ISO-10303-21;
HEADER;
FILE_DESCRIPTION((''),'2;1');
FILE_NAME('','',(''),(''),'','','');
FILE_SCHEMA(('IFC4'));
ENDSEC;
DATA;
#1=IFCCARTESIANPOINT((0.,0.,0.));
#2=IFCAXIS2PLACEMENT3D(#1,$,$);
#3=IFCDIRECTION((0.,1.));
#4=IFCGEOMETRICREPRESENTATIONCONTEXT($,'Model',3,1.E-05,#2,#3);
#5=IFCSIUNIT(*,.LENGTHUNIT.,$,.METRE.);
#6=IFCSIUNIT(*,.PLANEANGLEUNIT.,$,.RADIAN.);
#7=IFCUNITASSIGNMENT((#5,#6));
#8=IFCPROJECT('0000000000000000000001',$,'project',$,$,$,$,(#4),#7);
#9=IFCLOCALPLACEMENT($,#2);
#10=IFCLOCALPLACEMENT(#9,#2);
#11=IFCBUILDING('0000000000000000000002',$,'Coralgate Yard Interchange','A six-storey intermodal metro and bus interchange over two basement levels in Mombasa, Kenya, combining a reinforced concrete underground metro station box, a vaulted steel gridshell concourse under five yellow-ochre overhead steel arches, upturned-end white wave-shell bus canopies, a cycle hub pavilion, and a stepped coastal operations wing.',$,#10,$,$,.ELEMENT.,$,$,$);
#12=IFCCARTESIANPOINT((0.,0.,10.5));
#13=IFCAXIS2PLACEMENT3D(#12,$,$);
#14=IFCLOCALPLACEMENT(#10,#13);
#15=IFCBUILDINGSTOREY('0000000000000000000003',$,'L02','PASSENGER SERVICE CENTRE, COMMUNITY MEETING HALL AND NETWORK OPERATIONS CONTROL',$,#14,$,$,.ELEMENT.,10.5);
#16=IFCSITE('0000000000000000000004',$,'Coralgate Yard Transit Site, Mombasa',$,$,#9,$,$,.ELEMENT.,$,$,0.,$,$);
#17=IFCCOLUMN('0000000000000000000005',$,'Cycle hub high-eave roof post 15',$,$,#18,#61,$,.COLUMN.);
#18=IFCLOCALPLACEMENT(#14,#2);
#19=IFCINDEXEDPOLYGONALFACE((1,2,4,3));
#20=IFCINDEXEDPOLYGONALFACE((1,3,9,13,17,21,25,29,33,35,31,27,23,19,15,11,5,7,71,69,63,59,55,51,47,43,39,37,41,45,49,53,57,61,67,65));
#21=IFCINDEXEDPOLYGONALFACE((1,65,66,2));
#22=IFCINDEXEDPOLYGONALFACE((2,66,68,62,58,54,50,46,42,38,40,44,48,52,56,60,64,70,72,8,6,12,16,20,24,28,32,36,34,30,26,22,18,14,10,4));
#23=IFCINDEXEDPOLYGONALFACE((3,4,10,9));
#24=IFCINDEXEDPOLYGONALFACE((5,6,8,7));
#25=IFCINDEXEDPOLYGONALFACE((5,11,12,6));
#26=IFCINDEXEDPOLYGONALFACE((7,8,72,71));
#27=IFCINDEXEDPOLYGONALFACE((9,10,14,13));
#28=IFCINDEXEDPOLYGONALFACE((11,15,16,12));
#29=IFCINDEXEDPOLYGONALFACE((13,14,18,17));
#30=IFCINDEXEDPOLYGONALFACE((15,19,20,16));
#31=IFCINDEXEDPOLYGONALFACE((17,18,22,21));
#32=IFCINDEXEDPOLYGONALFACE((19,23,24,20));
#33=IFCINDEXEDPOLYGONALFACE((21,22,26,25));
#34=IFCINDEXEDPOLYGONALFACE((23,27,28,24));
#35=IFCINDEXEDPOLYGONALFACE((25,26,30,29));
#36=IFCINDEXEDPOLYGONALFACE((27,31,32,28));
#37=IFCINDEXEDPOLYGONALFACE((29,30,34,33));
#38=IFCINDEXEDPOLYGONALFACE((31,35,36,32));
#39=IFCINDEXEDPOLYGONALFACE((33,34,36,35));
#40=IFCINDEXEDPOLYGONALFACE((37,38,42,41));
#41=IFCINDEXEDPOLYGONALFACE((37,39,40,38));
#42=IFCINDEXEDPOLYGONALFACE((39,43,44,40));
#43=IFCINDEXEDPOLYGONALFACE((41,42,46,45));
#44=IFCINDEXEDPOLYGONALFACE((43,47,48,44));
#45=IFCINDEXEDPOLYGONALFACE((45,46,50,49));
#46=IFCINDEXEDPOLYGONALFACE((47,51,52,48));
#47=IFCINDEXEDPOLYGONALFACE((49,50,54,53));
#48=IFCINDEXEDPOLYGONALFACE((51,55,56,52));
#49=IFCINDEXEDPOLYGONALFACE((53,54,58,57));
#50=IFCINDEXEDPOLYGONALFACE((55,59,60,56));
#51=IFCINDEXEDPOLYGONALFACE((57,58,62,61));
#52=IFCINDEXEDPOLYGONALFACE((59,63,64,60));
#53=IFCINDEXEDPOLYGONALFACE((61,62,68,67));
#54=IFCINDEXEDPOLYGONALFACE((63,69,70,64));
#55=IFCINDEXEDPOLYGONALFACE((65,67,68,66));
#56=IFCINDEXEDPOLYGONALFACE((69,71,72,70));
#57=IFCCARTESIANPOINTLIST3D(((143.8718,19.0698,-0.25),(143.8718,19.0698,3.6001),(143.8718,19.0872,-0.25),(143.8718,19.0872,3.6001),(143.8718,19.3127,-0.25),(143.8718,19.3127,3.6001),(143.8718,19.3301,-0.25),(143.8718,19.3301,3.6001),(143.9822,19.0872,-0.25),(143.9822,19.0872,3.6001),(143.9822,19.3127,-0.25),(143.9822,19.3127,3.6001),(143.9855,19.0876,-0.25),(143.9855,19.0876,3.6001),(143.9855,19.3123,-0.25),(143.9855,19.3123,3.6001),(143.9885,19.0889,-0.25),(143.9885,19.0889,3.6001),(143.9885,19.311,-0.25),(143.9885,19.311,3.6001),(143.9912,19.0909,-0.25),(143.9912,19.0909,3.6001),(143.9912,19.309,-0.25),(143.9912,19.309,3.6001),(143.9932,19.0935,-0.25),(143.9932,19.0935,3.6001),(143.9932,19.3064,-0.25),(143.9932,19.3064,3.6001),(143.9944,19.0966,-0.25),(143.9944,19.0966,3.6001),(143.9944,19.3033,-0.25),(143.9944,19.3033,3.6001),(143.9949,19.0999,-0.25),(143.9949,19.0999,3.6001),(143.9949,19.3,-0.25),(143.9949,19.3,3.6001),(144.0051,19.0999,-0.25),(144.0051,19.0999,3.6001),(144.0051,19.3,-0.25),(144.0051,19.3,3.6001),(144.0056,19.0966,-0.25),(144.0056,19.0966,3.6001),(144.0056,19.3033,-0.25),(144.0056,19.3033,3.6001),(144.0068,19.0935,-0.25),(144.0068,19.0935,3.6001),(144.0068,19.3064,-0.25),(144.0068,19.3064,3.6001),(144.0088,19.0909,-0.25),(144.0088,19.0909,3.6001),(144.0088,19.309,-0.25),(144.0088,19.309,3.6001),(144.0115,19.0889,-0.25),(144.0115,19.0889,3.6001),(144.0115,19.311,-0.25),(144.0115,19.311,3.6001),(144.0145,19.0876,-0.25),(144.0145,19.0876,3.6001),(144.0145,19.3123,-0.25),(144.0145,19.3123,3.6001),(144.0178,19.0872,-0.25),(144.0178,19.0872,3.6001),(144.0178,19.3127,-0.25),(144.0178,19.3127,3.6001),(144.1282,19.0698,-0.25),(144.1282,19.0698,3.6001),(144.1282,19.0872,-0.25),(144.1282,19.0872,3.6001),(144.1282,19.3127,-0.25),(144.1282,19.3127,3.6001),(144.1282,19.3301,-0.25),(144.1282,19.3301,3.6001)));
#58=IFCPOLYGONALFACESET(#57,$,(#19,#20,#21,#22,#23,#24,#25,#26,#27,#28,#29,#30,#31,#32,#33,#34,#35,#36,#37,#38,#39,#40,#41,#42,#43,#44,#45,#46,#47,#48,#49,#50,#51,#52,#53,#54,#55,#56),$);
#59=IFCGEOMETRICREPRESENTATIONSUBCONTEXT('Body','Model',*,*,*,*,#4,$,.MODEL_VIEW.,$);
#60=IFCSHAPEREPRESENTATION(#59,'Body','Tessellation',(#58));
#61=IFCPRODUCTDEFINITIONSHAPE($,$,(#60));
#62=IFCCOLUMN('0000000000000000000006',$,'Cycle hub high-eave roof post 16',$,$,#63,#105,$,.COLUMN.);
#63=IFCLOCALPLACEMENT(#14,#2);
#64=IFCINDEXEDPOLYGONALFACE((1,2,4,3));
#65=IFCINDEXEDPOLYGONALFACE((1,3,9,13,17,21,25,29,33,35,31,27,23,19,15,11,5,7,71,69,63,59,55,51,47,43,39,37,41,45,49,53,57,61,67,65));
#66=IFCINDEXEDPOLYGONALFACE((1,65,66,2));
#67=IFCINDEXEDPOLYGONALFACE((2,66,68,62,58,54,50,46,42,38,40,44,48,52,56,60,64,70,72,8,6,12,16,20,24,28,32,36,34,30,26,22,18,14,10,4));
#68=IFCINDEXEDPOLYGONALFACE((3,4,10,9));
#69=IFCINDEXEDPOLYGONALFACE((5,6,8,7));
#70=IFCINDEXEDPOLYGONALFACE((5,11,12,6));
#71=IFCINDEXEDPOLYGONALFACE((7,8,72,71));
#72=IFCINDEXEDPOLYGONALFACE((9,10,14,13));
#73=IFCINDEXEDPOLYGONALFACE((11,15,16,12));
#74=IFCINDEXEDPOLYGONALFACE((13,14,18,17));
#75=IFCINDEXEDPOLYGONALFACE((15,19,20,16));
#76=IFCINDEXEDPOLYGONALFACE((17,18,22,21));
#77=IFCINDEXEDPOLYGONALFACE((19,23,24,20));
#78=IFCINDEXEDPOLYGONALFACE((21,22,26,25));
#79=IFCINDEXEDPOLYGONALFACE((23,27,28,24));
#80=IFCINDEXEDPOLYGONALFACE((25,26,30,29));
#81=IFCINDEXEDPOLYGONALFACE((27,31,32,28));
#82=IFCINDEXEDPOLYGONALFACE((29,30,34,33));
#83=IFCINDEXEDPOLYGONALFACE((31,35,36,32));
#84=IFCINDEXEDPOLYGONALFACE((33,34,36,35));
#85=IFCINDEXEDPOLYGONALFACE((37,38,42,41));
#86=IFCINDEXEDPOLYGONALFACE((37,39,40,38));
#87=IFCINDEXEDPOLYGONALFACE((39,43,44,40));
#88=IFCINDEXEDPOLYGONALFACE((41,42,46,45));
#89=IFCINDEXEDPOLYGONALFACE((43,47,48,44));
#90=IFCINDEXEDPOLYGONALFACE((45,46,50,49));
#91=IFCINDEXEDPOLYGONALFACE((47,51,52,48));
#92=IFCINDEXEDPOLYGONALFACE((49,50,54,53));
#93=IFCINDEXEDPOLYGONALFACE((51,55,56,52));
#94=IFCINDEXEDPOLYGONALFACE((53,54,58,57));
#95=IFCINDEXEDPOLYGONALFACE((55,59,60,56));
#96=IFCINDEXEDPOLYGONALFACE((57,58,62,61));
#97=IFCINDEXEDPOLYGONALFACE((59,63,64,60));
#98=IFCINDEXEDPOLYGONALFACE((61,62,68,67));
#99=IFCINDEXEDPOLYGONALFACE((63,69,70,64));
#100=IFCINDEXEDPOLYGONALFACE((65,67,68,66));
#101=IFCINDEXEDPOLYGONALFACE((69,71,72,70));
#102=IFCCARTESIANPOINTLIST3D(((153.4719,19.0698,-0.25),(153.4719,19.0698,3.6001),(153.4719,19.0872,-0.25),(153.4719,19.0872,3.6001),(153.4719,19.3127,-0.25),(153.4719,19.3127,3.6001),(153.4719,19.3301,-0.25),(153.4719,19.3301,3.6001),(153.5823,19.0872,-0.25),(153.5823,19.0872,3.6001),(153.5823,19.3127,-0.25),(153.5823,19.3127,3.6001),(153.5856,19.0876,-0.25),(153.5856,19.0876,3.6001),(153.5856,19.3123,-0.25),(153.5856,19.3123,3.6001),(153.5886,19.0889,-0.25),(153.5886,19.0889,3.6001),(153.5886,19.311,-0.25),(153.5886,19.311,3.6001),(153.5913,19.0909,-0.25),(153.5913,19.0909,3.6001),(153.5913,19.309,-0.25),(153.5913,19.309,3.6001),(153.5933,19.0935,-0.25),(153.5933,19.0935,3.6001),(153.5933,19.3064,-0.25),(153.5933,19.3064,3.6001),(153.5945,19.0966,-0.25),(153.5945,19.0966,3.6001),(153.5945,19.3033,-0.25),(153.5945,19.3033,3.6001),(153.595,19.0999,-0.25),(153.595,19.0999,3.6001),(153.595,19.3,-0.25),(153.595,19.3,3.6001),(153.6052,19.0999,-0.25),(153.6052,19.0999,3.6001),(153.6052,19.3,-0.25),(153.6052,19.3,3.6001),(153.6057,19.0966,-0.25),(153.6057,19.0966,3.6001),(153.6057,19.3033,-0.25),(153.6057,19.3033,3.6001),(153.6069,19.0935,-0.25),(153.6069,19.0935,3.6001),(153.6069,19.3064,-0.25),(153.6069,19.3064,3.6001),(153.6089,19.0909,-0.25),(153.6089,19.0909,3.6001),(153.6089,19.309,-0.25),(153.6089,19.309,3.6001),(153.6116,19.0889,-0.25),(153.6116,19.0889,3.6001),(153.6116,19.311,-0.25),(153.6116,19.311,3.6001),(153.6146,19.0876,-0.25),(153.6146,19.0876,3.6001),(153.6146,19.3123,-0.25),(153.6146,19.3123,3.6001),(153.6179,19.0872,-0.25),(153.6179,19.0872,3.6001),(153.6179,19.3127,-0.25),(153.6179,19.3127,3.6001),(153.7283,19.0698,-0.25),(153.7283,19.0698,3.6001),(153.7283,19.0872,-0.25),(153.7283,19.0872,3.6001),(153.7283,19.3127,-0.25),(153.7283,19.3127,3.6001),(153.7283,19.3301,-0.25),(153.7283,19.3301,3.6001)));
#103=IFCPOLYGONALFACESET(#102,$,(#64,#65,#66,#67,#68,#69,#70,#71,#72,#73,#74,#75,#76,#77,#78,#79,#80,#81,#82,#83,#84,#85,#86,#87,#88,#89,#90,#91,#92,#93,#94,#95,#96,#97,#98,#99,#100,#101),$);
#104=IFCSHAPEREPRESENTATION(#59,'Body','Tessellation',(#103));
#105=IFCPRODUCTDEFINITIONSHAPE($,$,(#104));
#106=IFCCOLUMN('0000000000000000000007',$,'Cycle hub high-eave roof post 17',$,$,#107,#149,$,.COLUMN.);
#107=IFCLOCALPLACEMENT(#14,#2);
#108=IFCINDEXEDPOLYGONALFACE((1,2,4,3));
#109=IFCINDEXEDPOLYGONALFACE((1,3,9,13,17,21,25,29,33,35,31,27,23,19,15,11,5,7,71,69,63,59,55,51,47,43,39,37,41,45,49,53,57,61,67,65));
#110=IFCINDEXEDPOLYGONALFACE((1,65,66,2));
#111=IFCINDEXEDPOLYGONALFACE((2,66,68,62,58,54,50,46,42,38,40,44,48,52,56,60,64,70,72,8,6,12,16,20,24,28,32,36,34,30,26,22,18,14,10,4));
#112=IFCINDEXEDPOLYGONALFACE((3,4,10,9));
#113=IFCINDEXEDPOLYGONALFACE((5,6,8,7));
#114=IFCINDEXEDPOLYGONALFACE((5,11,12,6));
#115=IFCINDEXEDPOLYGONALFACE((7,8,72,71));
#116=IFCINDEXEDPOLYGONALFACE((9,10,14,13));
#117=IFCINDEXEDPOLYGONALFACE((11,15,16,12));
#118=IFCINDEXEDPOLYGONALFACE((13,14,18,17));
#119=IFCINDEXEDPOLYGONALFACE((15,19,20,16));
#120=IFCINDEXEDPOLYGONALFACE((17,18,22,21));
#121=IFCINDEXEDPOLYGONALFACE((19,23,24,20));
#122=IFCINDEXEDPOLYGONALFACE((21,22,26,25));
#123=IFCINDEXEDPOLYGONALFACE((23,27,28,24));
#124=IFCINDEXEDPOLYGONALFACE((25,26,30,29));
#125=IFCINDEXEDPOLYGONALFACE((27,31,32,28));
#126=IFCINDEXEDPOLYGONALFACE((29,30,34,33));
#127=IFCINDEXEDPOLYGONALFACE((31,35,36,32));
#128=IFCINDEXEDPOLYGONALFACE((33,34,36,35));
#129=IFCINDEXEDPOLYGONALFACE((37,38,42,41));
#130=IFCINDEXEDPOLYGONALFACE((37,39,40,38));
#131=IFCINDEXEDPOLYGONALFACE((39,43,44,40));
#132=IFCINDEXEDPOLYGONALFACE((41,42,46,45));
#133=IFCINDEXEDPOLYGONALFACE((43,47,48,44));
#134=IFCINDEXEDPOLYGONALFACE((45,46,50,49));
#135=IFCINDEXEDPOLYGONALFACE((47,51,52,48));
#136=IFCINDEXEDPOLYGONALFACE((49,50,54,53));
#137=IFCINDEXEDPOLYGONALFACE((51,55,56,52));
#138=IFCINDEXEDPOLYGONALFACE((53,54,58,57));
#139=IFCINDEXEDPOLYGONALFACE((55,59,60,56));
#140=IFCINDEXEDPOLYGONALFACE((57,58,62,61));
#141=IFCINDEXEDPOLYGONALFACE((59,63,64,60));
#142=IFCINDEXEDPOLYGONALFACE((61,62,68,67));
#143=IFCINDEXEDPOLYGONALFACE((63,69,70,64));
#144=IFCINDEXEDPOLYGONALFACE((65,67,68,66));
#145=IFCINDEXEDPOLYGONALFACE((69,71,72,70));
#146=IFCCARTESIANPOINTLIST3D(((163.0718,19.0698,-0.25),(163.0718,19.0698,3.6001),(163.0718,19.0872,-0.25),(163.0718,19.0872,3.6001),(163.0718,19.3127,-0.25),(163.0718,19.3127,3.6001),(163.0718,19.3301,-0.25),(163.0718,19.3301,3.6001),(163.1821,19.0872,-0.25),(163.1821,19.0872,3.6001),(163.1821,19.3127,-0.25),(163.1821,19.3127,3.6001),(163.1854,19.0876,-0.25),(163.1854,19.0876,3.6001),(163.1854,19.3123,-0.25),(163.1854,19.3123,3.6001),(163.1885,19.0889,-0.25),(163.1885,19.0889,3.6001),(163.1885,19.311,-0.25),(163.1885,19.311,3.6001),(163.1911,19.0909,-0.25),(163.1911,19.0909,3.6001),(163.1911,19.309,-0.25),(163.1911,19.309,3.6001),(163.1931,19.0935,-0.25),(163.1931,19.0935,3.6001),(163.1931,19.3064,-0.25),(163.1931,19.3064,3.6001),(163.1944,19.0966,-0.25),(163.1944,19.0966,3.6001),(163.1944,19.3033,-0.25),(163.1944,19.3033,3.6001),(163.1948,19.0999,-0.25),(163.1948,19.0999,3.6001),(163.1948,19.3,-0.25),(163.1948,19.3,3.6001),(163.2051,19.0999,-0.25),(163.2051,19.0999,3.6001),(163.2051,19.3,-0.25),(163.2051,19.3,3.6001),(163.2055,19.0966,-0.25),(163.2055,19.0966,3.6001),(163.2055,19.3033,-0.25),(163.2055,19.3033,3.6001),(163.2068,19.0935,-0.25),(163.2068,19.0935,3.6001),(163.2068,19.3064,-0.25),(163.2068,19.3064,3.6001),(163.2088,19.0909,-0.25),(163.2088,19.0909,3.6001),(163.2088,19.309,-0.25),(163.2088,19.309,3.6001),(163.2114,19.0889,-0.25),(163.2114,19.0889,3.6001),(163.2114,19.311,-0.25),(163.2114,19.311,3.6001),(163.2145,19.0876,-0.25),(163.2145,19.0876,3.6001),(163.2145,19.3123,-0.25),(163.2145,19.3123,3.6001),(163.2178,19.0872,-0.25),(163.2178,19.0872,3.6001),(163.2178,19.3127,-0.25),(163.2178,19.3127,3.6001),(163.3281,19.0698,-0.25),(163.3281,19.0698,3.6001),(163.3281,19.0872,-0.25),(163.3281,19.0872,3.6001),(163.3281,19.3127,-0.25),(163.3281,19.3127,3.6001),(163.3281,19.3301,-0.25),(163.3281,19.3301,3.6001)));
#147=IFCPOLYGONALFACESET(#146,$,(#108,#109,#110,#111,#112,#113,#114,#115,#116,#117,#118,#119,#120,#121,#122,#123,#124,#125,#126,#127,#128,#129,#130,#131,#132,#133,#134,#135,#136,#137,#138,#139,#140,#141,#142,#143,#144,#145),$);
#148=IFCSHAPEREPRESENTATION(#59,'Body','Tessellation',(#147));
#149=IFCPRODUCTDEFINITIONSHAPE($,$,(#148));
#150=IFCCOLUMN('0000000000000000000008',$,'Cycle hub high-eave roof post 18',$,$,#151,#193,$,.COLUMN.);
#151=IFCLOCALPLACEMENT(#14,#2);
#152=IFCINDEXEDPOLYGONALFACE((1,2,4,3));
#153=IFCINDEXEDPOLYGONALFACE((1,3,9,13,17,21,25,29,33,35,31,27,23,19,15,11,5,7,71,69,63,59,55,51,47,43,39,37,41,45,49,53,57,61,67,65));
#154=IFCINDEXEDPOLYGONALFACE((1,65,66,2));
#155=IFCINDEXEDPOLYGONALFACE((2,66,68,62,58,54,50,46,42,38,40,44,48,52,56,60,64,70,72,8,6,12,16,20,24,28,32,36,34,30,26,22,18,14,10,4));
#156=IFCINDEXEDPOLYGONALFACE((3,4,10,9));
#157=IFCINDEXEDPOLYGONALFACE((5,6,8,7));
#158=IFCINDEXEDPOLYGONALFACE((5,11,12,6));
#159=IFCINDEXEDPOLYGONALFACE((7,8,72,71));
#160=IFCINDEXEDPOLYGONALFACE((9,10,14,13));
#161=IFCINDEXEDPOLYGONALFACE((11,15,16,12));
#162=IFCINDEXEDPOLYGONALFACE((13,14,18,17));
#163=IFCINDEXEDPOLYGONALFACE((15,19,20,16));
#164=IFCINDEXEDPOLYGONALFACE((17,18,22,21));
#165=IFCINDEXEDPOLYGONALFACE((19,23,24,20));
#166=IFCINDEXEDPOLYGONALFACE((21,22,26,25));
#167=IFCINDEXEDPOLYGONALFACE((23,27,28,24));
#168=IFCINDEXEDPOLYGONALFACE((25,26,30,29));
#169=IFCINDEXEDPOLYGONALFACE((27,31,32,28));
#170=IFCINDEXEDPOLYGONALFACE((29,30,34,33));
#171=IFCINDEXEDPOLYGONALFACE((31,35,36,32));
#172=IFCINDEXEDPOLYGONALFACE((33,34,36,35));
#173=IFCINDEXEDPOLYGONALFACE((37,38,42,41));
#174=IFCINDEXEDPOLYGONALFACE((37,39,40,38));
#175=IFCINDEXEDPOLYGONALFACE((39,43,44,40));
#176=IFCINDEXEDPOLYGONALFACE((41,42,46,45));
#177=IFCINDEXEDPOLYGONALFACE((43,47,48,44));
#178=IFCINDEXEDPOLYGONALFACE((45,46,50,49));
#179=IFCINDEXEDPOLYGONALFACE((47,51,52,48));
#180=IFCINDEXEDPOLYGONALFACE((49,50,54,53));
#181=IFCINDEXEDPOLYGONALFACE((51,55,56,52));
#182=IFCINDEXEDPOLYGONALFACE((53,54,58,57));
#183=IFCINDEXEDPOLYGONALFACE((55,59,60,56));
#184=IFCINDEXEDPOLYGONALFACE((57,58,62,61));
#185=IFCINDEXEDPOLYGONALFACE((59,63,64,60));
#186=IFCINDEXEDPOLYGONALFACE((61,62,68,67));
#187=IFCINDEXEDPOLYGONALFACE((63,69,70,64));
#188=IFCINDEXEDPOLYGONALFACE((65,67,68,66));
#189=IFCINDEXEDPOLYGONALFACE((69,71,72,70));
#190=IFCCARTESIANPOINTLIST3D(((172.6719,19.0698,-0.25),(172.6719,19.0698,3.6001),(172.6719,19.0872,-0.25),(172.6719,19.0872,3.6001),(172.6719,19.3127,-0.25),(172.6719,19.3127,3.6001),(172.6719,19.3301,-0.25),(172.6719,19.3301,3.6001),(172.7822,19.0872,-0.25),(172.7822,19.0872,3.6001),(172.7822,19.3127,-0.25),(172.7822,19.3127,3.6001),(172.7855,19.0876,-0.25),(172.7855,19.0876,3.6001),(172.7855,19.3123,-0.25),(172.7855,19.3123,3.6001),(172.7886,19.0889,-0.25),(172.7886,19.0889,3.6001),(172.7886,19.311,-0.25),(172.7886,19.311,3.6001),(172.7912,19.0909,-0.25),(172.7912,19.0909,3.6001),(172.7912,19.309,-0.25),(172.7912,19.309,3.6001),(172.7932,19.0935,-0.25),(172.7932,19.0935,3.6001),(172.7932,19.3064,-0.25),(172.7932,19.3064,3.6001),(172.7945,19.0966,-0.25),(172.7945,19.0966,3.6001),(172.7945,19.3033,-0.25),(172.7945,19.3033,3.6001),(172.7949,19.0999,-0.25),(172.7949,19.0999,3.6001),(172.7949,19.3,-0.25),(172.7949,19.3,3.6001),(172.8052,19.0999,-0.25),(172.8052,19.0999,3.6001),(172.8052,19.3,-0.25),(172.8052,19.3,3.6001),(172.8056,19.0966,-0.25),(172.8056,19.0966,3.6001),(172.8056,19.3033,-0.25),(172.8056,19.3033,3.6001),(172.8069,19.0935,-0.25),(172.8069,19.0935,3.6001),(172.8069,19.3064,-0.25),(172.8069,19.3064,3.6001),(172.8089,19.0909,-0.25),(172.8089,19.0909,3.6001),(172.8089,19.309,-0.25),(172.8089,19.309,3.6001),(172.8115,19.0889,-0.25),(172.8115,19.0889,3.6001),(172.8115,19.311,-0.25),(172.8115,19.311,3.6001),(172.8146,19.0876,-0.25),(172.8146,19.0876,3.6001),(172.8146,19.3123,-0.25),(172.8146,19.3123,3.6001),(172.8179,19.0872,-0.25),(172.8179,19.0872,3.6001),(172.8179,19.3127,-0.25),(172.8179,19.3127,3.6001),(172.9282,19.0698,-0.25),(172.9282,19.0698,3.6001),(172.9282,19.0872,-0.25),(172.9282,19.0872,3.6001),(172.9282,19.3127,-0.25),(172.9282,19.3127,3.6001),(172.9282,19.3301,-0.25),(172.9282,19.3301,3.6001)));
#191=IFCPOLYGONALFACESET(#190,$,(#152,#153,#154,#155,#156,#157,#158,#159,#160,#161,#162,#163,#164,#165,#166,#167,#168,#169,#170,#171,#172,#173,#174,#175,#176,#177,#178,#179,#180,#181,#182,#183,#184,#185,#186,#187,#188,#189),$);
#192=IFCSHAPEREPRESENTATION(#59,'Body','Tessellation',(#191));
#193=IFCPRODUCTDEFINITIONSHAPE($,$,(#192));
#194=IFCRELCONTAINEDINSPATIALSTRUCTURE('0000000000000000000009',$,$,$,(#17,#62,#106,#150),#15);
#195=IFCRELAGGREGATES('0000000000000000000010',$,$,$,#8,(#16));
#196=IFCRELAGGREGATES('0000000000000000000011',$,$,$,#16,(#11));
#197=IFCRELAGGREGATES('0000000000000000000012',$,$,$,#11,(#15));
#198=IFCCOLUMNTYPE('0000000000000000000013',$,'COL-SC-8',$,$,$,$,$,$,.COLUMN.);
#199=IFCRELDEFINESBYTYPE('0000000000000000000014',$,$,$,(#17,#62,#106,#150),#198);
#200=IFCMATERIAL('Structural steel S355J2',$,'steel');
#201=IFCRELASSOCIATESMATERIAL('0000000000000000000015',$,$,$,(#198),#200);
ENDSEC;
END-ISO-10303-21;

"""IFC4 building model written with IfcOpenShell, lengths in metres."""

from ifc_helpers import new_model, si_unit, direction, frame, origin, origin_2d, place, context, subcontext, project, spatial, i_section, extrude, material, material_profile, profile_set, type_object, element, save


model = new_model("IFC4")

# Units and contexts
model_context = context("Model", 3, precision=1e-05, world=origin(), true_north=direction((0.0, 1.0)))
body_context = subcontext(model_context, "Body", "Model", "MODEL_VIEW")
ifc_project = project(units=[si_unit("LENGTHUNIT", "METRE"), si_unit("PLANEANGLEUNIT", "RADIAN")], contexts=[model_context])

# Site, building, storey
site_placement = place(None, origin())
site = spatial("IfcSite", under=ifc_project, at=site_placement, Name="Coralgate Yard Transit Site, Mombasa", CompositionType="ELEMENT", RefElevation=0.0)
building_placement = place(site_placement, origin())
building = spatial("IfcBuilding", under=site, at=building_placement, Name="Coralgate Yard Interchange", Description="A six-storey intermodal metro and bus interchange over two basement levels in Mombasa, Kenya, combining a reinforced concrete underground metro station box, a vaulted steel gridshell concourse under five yellow-ochre overhead steel arches, upturned-end white wave-shell bus canopies, a cycle hub pavilion, and a stepped coastal operations wing.", CompositionType="ELEMENT")
storey_placement = place(building_placement, frame((0.0, 0.0, 10.5)))
storey = spatial("IfcBuildingStorey", under=building, at=storey_placement, Name="L02", Description="PASSENGER SERVICE CENTRE, COMMUNITY MEETING HALL AND NETWORK OPERATIONS CONTROL", CompositionType="ELEMENT", Elevation=10.5)

# Columns
ifc_material_1 = material(Name="Structural steel S355J2", Category="steel")
ifc_material_profile_1 = material_profile(ifc_material_1, i_section(OverallWidth=0.2563, OverallDepth=0.2603, WebThickness=0.0103, FlangeThickness=0.0173, FilletRadius=0.0127, at=origin_2d()), Name="UC 254x254x89")
ifc_profile_set_1 = profile_set([ifc_material_profile_1], Name="Structural steel S355J2")
column_type = type_object("IfcColumnType", Name="COL-SC-8", PredefinedType="COLUMN", material=ifc_profile_set_1)
for number, where, z_axis, x_axis, name in (
    (1, (144.0, 19.2, -0.25), (0.0, 0.0, 1.0), (1.0, 0.0, 0.0), "Cycle hub high-eave roof post 15"),
    (2, (153.6001, 19.2, -0.25), (0.0, 0.0, 1.0), (1.0, 0.0, 0.0), "Cycle hub high-eave roof post 16"),
    (3, (163.2, 19.2, -0.25), (0.0, 0.0, 1.0), (1.0, 0.0, 0.0), "Cycle hub high-eave roof post 17"),
    (4, (172.8, 19.2, -0.25), (0.0, 0.0, 1.0), (1.0, 0.0, 0.0), "Cycle hub high-eave roof post 18"),
):
    element("IfcColumn", number, at=place(storey_placement, frame(where, z_axis=z_axis, x_axis=x_axis)), inside=storey, type_object=column_type, Name=name, PredefinedType="COLUMN", context=body_context, shape_type="SweptSolid", body=[
        extrude(i_section(OverallWidth=0.2563, OverallDepth=0.2603, WebThickness=0.0103, FlangeThickness=0.0173, FilletRadius=0.0127, at=origin_2d()), origin(), (0.0, 0.0, 1.0), 3.8501),
    ])

save(model, "model.ifc")
